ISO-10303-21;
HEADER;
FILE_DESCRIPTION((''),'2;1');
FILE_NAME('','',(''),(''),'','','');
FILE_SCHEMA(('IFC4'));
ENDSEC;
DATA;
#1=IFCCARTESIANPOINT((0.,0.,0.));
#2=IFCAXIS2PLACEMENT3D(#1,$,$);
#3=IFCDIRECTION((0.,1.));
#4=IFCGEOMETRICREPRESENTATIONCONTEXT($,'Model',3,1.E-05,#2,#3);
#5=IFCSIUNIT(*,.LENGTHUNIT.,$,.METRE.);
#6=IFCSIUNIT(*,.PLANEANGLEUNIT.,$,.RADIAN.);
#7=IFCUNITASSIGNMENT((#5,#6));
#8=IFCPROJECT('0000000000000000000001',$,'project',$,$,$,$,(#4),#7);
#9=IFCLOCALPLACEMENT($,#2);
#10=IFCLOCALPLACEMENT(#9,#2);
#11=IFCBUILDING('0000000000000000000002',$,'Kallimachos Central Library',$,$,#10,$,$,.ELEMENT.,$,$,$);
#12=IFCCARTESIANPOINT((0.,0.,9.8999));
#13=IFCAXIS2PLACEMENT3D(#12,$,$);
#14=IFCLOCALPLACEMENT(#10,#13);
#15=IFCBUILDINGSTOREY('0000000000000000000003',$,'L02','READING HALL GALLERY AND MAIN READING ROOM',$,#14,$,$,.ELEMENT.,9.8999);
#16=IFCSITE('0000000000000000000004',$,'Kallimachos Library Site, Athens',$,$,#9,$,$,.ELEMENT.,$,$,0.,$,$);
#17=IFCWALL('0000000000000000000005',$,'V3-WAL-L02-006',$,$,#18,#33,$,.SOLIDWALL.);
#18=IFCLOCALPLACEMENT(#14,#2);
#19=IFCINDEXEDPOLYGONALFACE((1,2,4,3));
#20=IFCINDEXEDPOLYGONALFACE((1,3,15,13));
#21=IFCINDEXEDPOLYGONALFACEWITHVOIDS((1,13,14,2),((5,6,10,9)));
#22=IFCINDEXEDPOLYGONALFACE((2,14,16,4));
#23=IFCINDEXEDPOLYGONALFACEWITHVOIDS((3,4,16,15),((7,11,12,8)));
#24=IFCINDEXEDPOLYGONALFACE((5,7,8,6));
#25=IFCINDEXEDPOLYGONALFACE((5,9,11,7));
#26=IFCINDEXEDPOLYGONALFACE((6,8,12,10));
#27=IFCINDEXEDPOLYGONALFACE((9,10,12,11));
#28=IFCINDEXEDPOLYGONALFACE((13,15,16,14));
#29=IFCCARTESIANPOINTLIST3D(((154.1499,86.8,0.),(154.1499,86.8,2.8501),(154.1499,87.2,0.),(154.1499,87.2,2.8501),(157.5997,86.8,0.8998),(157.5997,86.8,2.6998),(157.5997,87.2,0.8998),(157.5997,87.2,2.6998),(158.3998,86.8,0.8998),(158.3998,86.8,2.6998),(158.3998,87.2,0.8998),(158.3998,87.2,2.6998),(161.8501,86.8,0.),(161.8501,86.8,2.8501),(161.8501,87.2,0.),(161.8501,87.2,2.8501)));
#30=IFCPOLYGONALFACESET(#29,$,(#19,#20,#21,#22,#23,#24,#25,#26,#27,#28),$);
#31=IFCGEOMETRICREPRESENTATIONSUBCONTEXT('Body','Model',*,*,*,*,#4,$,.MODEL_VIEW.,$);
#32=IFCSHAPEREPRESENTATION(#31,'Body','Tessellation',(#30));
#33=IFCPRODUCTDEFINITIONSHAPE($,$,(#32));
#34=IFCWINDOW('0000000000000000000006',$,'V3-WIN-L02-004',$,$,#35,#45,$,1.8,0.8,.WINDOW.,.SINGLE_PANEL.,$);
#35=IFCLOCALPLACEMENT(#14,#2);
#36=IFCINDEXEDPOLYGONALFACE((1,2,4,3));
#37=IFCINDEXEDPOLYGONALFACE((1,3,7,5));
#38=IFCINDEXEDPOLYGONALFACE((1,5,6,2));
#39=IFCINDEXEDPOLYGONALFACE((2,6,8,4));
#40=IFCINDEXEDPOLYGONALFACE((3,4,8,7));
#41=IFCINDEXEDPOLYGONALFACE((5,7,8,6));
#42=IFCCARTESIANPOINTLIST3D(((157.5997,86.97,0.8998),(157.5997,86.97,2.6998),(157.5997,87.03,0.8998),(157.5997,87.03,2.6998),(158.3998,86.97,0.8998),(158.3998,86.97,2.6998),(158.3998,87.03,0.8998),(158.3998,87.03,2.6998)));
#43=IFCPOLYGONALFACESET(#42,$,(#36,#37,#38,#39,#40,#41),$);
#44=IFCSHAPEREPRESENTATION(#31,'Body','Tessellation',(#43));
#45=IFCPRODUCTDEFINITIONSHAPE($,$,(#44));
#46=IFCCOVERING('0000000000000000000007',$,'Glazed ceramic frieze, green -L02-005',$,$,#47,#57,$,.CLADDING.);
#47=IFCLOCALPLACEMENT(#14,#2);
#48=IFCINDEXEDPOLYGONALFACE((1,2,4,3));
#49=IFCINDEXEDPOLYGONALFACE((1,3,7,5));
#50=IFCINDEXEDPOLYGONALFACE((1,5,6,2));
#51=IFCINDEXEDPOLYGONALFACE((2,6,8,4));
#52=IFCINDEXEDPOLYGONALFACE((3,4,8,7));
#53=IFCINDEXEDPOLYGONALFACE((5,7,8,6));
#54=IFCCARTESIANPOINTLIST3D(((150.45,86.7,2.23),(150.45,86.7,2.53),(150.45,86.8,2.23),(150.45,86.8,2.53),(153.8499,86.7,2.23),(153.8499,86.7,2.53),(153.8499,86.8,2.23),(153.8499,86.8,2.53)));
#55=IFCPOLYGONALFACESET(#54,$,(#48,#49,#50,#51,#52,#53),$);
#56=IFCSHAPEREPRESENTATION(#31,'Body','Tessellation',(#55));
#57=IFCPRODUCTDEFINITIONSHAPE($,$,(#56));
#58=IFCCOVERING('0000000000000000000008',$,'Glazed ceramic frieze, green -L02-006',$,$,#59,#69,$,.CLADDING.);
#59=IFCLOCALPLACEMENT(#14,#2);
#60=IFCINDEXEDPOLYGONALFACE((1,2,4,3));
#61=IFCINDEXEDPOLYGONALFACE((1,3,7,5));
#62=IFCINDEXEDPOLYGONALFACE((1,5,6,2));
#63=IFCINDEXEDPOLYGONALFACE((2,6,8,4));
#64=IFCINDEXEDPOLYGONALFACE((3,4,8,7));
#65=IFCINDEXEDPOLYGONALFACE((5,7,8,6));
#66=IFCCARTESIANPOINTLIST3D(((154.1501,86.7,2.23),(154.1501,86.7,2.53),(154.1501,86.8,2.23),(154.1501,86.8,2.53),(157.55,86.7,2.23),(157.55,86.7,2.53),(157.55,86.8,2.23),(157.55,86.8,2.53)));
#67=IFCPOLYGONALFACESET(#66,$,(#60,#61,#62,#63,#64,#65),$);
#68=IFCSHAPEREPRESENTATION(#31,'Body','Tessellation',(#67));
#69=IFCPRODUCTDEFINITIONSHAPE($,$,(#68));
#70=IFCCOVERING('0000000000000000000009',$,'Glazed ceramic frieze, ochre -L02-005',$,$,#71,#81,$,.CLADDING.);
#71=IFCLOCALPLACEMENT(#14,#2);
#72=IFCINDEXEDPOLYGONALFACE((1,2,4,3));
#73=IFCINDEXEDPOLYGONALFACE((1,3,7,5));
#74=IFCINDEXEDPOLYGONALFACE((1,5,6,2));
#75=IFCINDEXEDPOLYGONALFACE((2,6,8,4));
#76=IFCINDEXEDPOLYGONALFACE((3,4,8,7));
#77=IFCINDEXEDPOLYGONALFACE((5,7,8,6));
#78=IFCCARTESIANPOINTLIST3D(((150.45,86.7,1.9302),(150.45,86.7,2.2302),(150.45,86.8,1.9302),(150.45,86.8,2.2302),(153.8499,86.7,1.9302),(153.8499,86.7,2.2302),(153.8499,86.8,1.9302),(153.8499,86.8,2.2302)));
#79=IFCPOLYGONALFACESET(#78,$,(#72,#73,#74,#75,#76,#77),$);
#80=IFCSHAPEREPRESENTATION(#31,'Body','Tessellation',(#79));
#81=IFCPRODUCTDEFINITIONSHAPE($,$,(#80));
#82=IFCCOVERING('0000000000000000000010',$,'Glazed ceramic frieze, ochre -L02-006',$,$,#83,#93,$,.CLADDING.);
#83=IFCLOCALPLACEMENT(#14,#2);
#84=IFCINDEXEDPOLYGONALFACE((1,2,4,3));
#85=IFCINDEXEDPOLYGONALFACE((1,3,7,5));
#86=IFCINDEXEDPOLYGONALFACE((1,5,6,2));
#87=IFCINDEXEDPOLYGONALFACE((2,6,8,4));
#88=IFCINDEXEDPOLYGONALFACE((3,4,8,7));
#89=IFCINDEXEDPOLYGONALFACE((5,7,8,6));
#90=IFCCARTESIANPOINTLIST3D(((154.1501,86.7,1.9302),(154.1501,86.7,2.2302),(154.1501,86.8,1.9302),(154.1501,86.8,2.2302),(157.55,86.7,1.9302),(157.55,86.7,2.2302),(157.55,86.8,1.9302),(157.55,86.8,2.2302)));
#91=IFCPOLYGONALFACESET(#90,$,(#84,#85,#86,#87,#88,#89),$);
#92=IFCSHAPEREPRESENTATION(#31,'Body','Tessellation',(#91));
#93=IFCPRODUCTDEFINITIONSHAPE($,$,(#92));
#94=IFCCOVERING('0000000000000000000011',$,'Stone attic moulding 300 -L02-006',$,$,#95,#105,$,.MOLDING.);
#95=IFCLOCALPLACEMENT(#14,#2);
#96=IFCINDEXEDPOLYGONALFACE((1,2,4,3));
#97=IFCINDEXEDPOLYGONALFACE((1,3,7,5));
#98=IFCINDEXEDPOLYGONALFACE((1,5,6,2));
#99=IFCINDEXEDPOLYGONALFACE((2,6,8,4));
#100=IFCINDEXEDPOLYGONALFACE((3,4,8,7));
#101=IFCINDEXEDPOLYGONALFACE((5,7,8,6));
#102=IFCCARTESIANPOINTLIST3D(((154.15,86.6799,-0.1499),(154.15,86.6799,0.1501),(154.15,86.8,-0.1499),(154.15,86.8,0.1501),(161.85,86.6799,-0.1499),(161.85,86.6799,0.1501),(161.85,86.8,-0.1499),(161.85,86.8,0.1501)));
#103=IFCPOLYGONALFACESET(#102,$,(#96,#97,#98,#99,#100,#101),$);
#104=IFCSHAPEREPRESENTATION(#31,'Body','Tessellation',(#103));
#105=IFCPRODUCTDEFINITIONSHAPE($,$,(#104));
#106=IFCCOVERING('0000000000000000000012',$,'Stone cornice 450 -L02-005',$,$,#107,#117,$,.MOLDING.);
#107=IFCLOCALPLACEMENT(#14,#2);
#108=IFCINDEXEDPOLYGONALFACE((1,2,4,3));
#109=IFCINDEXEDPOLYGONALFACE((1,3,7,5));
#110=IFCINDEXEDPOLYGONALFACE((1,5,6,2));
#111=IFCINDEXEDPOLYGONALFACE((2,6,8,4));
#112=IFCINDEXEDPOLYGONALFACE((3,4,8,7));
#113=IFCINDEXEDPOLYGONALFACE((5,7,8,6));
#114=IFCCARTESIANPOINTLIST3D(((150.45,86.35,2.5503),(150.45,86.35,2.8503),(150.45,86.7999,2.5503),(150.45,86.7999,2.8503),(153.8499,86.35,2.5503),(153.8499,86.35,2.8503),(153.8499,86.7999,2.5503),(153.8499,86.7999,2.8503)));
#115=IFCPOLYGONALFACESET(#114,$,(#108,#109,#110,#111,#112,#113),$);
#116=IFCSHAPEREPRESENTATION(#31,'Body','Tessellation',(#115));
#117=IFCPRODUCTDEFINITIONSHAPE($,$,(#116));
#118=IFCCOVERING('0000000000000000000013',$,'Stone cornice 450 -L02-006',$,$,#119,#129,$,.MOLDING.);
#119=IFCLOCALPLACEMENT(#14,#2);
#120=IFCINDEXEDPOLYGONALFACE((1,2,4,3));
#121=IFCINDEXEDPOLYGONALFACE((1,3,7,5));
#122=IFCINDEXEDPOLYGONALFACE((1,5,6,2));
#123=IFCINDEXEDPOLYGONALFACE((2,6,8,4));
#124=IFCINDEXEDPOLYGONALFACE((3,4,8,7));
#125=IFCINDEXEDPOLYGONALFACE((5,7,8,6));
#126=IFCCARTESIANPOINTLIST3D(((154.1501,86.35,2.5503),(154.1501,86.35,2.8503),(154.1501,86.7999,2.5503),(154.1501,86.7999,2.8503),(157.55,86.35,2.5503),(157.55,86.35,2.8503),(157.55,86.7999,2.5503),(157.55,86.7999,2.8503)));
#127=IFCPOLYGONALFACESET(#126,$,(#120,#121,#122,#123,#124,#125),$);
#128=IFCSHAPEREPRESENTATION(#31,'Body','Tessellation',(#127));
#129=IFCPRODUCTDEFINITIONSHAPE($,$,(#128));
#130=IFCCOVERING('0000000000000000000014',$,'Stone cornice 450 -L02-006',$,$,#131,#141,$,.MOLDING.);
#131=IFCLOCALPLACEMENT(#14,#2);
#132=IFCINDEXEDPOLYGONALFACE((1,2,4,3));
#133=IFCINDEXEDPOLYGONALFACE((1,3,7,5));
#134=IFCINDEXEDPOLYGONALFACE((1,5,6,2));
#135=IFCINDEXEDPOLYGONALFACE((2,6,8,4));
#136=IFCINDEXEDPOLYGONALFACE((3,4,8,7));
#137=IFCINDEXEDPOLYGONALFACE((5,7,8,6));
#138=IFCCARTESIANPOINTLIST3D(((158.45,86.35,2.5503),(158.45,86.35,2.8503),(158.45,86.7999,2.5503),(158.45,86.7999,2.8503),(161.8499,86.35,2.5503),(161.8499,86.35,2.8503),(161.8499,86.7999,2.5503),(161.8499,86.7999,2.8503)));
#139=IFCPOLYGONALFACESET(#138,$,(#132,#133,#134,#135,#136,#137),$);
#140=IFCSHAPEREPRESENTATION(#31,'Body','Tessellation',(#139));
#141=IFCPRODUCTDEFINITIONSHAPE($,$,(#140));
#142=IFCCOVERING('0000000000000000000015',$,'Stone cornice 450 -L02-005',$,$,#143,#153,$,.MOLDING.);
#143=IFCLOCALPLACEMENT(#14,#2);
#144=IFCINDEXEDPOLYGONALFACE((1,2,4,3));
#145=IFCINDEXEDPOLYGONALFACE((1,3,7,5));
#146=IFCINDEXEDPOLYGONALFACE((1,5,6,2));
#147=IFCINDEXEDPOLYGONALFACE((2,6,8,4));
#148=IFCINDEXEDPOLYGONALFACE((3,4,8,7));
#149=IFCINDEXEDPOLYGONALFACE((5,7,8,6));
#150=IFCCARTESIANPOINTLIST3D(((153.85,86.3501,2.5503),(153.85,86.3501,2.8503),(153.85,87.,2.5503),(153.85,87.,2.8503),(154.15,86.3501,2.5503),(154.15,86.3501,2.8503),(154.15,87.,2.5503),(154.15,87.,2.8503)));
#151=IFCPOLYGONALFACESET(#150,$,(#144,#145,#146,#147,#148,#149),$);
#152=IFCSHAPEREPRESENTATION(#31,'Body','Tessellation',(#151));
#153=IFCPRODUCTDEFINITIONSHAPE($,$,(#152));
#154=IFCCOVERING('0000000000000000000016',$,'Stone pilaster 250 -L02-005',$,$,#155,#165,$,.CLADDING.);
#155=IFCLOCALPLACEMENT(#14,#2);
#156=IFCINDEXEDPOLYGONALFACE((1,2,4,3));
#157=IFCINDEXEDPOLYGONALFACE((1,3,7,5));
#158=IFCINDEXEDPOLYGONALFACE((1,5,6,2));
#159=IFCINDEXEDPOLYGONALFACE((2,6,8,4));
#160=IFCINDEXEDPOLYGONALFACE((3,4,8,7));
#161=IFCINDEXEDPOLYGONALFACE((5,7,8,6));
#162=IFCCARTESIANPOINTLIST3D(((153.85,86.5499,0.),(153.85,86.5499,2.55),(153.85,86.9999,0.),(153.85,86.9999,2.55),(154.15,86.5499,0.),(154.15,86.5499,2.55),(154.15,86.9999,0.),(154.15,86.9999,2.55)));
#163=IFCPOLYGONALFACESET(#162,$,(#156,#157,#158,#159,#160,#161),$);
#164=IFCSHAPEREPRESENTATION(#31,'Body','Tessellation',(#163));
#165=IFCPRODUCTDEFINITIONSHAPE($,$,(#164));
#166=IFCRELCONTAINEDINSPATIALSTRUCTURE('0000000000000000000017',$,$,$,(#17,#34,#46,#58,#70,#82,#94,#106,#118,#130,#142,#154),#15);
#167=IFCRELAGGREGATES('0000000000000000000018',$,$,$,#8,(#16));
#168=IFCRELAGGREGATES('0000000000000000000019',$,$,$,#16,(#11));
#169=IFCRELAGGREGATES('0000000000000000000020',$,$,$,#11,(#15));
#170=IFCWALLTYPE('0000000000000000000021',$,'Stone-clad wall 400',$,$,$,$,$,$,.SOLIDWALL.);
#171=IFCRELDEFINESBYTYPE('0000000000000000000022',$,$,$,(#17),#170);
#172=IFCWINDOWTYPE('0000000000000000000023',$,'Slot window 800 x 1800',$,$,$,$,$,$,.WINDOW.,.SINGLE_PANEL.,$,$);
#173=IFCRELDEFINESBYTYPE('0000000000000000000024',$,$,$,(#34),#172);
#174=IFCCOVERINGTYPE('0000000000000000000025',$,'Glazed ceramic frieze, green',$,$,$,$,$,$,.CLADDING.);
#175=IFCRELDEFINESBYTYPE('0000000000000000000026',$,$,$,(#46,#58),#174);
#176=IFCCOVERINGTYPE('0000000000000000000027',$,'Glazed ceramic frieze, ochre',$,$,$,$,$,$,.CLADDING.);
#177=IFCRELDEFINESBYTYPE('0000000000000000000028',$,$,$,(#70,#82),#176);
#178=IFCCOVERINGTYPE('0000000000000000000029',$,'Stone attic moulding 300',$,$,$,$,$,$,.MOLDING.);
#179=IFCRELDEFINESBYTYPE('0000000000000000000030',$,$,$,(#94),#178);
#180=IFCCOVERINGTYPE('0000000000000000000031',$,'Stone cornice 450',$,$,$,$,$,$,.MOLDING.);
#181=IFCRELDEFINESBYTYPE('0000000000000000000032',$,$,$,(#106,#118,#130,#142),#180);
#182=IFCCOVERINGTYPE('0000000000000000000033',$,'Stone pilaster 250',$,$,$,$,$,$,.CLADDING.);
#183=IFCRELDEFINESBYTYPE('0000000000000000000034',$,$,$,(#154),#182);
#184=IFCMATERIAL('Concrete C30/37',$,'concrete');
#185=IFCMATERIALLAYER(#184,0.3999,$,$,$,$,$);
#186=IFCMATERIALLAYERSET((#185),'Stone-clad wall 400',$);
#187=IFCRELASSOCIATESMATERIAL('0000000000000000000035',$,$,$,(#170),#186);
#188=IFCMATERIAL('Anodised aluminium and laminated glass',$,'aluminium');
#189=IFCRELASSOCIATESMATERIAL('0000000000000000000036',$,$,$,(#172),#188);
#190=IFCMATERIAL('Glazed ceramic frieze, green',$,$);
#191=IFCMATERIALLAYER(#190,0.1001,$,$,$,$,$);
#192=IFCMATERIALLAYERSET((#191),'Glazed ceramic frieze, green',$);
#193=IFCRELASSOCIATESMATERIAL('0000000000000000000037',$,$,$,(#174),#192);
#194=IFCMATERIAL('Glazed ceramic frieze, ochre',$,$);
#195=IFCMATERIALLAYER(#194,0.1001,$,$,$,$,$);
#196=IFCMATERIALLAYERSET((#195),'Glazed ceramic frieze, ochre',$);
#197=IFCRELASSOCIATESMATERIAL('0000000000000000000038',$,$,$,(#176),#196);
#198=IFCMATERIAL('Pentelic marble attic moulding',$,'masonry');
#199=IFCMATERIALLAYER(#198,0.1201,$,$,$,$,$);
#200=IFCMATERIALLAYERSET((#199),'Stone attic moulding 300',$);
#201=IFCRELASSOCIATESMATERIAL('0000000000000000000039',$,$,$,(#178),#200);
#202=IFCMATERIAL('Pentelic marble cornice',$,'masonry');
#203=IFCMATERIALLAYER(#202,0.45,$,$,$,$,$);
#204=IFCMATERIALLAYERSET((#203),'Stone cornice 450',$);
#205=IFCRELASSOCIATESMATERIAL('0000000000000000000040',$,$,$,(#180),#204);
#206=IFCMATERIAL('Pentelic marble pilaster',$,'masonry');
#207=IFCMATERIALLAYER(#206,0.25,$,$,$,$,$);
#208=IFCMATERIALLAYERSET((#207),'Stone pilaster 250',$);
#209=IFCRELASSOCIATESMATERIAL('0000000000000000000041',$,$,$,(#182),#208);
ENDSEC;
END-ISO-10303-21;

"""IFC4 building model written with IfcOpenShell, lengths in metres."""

from ifc_helpers import new_model, si_unit, direction, frame, frame_2d, origin, origin_2d, place, context, subcontext, project, spatial, rectangle, extrude, material, layer, layer_set, type_object, element, fill, save


model = new_model("IFC4")

# Units and contexts
model_context = context("Model", 3, precision=1e-05, world=origin(), true_north=direction((0.0, 1.0)))
body_context = subcontext(model_context, "Body", "Model", "MODEL_VIEW")
ifc_project = project(units=[si_unit("LENGTHUNIT", "METRE"), si_unit("PLANEANGLEUNIT", "RADIAN")], contexts=[model_context])

# Site, building, storey
site_placement = place(None, origin())
site = spatial("IfcSite", under=ifc_project, at=site_placement, Name="Kallimachos Library Site, Athens", CompositionType="ELEMENT", RefElevation=0.0)
building_placement = place(site_placement, origin())
building = spatial("IfcBuilding", under=site, at=building_placement, Name="Kallimachos Central Library", CompositionType="ELEMENT")
storey_placement = place(building_placement, frame((0.0, 0.0, 9.8999)))
storey = spatial("IfcBuildingStorey", under=building, at=storey_placement, Name="L02", Description="READING HALL GALLERY AND MAIN READING ROOM", CompositionType="ELEMENT", Elevation=9.8999)

# Wall, opening, window
ifc_material_1 = material(Name="Concrete C30/37", Category="concrete")
ifc_layer_1 = layer(ifc_material_1, 0.3999)
ifc_layer_set_1 = layer_set([ifc_layer_1], Name="Stone-clad wall 400")
wall_type_1 = type_object("IfcWallType", Name="Stone-clad wall 400", PredefinedType="SOLIDWALL", material=ifc_layer_set_1)
wall_1_placement = place(storey_placement, frame((154.1499, 87.0, 0.0), z_axis=(0.0, 0.0, 1.0), x_axis=(1.0, 0.0, 0.0)))
wall_1 = element("IfcWall", 1, at=wall_1_placement, inside=storey, type_object=wall_type_1, Name="V3-WAL-L02-006", PredefinedType="SOLIDWALL", context=body_context, shape_type="SweptSolid", body=[
    extrude(rectangle(XDim=7.7002, YDim=0.3999, at=frame_2d((3.8501, 0.0))), origin(), (0.0, 0.0, 1.0), 2.8501),
])
opening_placement = place(wall_1_placement, frame((3.45, 0.0, 0.8999)))
opening = element("IfcOpeningElement", 2, at=opening_placement, cuts=wall_1, PredefinedType="OPENING", context=body_context, shape_type="SweptSolid", body=[
    extrude(rectangle(XDim=0.8, YDim=1.8, at=frame_2d((0.3999, 0.8999))), frame((0.0, 0.21, 0.0), z_axis=(0.0, -1.0, 0.0), x_axis=(1.0, 0.0, 0.0)), (0.0, 0.0, 1.0), 0.4199),
])
ifc_material_2 = material(Name="Anodised aluminium and laminated glass", Category="aluminium")
window_type = type_object("IfcWindowType", Name="Slot window 800 x 1800", PartitioningType="SINGLE_PANEL", PredefinedType="WINDOW", material=ifc_material_2)
window_placement = place(opening_placement, origin())
window = element("IfcWindow", 3, at=window_placement, inside=storey, type_object=window_type, Name="V3-WIN-L02-004", OverallHeight=1.8, OverallWidth=0.8, PartitioningType="SINGLE_PANEL", PredefinedType="WINDOW", context=body_context, shape_type="SweptSolid", body=[
    extrude(rectangle(XDim=0.8, YDim=1.8, at=frame_2d((0.3999, 0.8999))), frame((0.0, 0.03, 0.0), z_axis=(0.0, -1.0, 0.0), x_axis=(1.0, 0.0, 0.0)), (0.0, 0.0, 1.0), 0.0601),
])
fill(opening, window)

# Coverings
ifc_material_3 = material(Name="Glazed ceramic frieze, green")
ifc_layer_2 = layer(ifc_material_3, 0.1001)
ifc_layer_set_2 = layer_set([ifc_layer_2], Name="Glazed ceramic frieze, green")
covering_type_1 = type_object("IfcCoveringType", Name="Glazed ceramic frieze, green", PredefinedType="CLADDING", material=ifc_layer_set_2)
for number, where, z_axis, x_axis, name in (
    (4, (152.1499, 86.75, 2.23), (0.0, 0.0, 1.0), (1.0, 0.0, 0.0), "Glazed ceramic frieze, green -L02-005"),
    (5, (155.8501, 86.75, 2.23), (0.0, 0.0, 1.0), (1.0, 0.0, 0.0), "Glazed ceramic frieze, green -L02-006"),
):
    element("IfcCovering", number, at=place(storey_placement, frame(where, z_axis=z_axis, x_axis=x_axis)), inside=storey, type_object=covering_type_1, Name=name, PredefinedType="CLADDING", context=body_context, shape_type="SweptSolid", body=[
        extrude(rectangle(XDim=3.3999, YDim=0.1001, at=origin_2d()), origin(), (0.0, 0.0, 1.0), 0.3),
    ])
ifc_material_4 = material(Name="Glazed ceramic frieze, ochre")
ifc_layer_3 = layer(ifc_material_4, 0.1001)
ifc_layer_set_3 = layer_set([ifc_layer_3], Name="Glazed ceramic frieze, ochre")
covering_type_2 = type_object("IfcCoveringType", Name="Glazed ceramic frieze, ochre", PredefinedType="CLADDING", material=ifc_layer_set_3)
for number, where, z_axis, x_axis, name in (
    (6, (152.1499, 86.75, 1.9302), (0.0, 0.0, 1.0), (1.0, 0.0, 0.0), "Glazed ceramic frieze, ochre -L02-005"),
    (7, (155.8501, 86.75, 1.9302), (0.0, 0.0, 1.0), (1.0, 0.0, 0.0), "Glazed ceramic frieze, ochre -L02-006"),
):
    element("IfcCovering", number, at=place(storey_placement, frame(where, z_axis=z_axis, x_axis=x_axis)), inside=storey, type_object=covering_type_2, Name=name, PredefinedType="CLADDING", context=body_context, shape_type="SweptSolid", body=[
        extrude(rectangle(XDim=3.3999, YDim=0.1001, at=origin_2d()), origin(), (0.0, 0.0, 1.0), 0.3),
    ])
ifc_material_5 = material(Name="Pentelic marble attic moulding", Category="masonry")
ifc_layer_4 = layer(ifc_material_5, 0.1201)
ifc_layer_set_4 = layer_set([ifc_layer_4], Name="Stone attic moulding 300")
covering_type_3 = type_object("IfcCoveringType", Name="Stone attic moulding 300", PredefinedType="MOLDING", material=ifc_layer_set_4)
covering_1_placement = place(storey_placement, frame((158.0, 86.74, -0.1499), z_axis=(0.0, 0.0, 1.0), x_axis=(1.0, 0.0, 0.0)))
element("IfcCovering", 8, at=covering_1_placement, inside=storey, type_object=covering_type_3, Name="Stone attic moulding 300 -L02-006", PredefinedType="MOLDING", context=body_context, shape_type="SweptSolid", body=[
    extrude(rectangle(XDim=7.7, YDim=0.1201, at=origin_2d()), origin(), (0.0, 0.0, 1.0), 0.3),
])
ifc_material_6 = material(Name="Pentelic marble cornice", Category="masonry")
ifc_layer_5 = layer(ifc_material_6, 0.45)
ifc_layer_set_5 = layer_set([ifc_layer_5], Name="Stone cornice 450")
covering_type_4 = type_object("IfcCoveringType", Name="Stone cornice 450", PredefinedType="MOLDING", material=ifc_layer_set_5)
for number, where, z_axis, x_axis, name in (
    (9, (152.1499, 86.575, 2.5503), (0.0, 0.0, 1.0), (1.0, 0.0, 0.0), "Stone cornice 450 -L02-005"),
    (10, (155.8501, 86.575, 2.5503), (0.0, 0.0, 1.0), (1.0, 0.0, 0.0), "Stone cornice 450 -L02-006"),
    (11, (160.1499, 86.575, 2.5503), (0.0, 0.0, 1.0), (1.0, 0.0, 0.0), "Stone cornice 450 -L02-006"),
):
    element("IfcCovering", number, at=place(storey_placement, frame(where, z_axis=z_axis, x_axis=x_axis)), inside=storey, type_object=covering_type_4, Name=name, PredefinedType="MOLDING", context=body_context, shape_type="SweptSolid", body=[
        extrude(rectangle(XDim=3.3999, YDim=0.45, at=origin_2d()), origin(), (0.0, 0.0, 1.0), 0.3),
    ])
covering_2_placement = place(storey_placement, frame((154.0, 86.675, 2.5503), z_axis=(0.0, 0.0, 1.0), x_axis=(1.0, 0.0, 0.0)))
element("IfcCovering", 12, at=covering_2_placement, inside=storey, type_object=covering_type_4, Name="Stone cornice 450 -L02-005", PredefinedType="MOLDING", context=body_context, shape_type="SweptSolid", body=[
    extrude(rectangle(XDim=0.3, YDim=0.6499, at=origin_2d()), origin(), (0.0, 0.0, 1.0), 0.3),
])
ifc_material_7 = material(Name="Pentelic marble pilaster", Category="masonry")
ifc_layer_6 = layer(ifc_material_7, 0.25)
ifc_layer_set_6 = layer_set([ifc_layer_6], Name="Stone pilaster 250")
covering_type_5 = type_object("IfcCoveringType", Name="Stone pilaster 250", PredefinedType="CLADDING", material=ifc_layer_set_6)
covering_3_placement = place(storey_placement, frame((154.0, 86.7749, 0.0), z_axis=(0.0, 0.0, 1.0), x_axis=(1.0, 0.0, 0.0)))
element("IfcCovering", 13, at=covering_3_placement, inside=storey, type_object=covering_type_5, Name="Stone pilaster 250 -L02-005", PredefinedType="CLADDING", context=body_context, shape_type="SweptSolid", body=[
    extrude(rectangle(XDim=0.3, YDim=0.45, at=origin_2d()), origin(), (0.0, 0.0, 1.0), 2.55),
])

save(model, "model.ifc")
